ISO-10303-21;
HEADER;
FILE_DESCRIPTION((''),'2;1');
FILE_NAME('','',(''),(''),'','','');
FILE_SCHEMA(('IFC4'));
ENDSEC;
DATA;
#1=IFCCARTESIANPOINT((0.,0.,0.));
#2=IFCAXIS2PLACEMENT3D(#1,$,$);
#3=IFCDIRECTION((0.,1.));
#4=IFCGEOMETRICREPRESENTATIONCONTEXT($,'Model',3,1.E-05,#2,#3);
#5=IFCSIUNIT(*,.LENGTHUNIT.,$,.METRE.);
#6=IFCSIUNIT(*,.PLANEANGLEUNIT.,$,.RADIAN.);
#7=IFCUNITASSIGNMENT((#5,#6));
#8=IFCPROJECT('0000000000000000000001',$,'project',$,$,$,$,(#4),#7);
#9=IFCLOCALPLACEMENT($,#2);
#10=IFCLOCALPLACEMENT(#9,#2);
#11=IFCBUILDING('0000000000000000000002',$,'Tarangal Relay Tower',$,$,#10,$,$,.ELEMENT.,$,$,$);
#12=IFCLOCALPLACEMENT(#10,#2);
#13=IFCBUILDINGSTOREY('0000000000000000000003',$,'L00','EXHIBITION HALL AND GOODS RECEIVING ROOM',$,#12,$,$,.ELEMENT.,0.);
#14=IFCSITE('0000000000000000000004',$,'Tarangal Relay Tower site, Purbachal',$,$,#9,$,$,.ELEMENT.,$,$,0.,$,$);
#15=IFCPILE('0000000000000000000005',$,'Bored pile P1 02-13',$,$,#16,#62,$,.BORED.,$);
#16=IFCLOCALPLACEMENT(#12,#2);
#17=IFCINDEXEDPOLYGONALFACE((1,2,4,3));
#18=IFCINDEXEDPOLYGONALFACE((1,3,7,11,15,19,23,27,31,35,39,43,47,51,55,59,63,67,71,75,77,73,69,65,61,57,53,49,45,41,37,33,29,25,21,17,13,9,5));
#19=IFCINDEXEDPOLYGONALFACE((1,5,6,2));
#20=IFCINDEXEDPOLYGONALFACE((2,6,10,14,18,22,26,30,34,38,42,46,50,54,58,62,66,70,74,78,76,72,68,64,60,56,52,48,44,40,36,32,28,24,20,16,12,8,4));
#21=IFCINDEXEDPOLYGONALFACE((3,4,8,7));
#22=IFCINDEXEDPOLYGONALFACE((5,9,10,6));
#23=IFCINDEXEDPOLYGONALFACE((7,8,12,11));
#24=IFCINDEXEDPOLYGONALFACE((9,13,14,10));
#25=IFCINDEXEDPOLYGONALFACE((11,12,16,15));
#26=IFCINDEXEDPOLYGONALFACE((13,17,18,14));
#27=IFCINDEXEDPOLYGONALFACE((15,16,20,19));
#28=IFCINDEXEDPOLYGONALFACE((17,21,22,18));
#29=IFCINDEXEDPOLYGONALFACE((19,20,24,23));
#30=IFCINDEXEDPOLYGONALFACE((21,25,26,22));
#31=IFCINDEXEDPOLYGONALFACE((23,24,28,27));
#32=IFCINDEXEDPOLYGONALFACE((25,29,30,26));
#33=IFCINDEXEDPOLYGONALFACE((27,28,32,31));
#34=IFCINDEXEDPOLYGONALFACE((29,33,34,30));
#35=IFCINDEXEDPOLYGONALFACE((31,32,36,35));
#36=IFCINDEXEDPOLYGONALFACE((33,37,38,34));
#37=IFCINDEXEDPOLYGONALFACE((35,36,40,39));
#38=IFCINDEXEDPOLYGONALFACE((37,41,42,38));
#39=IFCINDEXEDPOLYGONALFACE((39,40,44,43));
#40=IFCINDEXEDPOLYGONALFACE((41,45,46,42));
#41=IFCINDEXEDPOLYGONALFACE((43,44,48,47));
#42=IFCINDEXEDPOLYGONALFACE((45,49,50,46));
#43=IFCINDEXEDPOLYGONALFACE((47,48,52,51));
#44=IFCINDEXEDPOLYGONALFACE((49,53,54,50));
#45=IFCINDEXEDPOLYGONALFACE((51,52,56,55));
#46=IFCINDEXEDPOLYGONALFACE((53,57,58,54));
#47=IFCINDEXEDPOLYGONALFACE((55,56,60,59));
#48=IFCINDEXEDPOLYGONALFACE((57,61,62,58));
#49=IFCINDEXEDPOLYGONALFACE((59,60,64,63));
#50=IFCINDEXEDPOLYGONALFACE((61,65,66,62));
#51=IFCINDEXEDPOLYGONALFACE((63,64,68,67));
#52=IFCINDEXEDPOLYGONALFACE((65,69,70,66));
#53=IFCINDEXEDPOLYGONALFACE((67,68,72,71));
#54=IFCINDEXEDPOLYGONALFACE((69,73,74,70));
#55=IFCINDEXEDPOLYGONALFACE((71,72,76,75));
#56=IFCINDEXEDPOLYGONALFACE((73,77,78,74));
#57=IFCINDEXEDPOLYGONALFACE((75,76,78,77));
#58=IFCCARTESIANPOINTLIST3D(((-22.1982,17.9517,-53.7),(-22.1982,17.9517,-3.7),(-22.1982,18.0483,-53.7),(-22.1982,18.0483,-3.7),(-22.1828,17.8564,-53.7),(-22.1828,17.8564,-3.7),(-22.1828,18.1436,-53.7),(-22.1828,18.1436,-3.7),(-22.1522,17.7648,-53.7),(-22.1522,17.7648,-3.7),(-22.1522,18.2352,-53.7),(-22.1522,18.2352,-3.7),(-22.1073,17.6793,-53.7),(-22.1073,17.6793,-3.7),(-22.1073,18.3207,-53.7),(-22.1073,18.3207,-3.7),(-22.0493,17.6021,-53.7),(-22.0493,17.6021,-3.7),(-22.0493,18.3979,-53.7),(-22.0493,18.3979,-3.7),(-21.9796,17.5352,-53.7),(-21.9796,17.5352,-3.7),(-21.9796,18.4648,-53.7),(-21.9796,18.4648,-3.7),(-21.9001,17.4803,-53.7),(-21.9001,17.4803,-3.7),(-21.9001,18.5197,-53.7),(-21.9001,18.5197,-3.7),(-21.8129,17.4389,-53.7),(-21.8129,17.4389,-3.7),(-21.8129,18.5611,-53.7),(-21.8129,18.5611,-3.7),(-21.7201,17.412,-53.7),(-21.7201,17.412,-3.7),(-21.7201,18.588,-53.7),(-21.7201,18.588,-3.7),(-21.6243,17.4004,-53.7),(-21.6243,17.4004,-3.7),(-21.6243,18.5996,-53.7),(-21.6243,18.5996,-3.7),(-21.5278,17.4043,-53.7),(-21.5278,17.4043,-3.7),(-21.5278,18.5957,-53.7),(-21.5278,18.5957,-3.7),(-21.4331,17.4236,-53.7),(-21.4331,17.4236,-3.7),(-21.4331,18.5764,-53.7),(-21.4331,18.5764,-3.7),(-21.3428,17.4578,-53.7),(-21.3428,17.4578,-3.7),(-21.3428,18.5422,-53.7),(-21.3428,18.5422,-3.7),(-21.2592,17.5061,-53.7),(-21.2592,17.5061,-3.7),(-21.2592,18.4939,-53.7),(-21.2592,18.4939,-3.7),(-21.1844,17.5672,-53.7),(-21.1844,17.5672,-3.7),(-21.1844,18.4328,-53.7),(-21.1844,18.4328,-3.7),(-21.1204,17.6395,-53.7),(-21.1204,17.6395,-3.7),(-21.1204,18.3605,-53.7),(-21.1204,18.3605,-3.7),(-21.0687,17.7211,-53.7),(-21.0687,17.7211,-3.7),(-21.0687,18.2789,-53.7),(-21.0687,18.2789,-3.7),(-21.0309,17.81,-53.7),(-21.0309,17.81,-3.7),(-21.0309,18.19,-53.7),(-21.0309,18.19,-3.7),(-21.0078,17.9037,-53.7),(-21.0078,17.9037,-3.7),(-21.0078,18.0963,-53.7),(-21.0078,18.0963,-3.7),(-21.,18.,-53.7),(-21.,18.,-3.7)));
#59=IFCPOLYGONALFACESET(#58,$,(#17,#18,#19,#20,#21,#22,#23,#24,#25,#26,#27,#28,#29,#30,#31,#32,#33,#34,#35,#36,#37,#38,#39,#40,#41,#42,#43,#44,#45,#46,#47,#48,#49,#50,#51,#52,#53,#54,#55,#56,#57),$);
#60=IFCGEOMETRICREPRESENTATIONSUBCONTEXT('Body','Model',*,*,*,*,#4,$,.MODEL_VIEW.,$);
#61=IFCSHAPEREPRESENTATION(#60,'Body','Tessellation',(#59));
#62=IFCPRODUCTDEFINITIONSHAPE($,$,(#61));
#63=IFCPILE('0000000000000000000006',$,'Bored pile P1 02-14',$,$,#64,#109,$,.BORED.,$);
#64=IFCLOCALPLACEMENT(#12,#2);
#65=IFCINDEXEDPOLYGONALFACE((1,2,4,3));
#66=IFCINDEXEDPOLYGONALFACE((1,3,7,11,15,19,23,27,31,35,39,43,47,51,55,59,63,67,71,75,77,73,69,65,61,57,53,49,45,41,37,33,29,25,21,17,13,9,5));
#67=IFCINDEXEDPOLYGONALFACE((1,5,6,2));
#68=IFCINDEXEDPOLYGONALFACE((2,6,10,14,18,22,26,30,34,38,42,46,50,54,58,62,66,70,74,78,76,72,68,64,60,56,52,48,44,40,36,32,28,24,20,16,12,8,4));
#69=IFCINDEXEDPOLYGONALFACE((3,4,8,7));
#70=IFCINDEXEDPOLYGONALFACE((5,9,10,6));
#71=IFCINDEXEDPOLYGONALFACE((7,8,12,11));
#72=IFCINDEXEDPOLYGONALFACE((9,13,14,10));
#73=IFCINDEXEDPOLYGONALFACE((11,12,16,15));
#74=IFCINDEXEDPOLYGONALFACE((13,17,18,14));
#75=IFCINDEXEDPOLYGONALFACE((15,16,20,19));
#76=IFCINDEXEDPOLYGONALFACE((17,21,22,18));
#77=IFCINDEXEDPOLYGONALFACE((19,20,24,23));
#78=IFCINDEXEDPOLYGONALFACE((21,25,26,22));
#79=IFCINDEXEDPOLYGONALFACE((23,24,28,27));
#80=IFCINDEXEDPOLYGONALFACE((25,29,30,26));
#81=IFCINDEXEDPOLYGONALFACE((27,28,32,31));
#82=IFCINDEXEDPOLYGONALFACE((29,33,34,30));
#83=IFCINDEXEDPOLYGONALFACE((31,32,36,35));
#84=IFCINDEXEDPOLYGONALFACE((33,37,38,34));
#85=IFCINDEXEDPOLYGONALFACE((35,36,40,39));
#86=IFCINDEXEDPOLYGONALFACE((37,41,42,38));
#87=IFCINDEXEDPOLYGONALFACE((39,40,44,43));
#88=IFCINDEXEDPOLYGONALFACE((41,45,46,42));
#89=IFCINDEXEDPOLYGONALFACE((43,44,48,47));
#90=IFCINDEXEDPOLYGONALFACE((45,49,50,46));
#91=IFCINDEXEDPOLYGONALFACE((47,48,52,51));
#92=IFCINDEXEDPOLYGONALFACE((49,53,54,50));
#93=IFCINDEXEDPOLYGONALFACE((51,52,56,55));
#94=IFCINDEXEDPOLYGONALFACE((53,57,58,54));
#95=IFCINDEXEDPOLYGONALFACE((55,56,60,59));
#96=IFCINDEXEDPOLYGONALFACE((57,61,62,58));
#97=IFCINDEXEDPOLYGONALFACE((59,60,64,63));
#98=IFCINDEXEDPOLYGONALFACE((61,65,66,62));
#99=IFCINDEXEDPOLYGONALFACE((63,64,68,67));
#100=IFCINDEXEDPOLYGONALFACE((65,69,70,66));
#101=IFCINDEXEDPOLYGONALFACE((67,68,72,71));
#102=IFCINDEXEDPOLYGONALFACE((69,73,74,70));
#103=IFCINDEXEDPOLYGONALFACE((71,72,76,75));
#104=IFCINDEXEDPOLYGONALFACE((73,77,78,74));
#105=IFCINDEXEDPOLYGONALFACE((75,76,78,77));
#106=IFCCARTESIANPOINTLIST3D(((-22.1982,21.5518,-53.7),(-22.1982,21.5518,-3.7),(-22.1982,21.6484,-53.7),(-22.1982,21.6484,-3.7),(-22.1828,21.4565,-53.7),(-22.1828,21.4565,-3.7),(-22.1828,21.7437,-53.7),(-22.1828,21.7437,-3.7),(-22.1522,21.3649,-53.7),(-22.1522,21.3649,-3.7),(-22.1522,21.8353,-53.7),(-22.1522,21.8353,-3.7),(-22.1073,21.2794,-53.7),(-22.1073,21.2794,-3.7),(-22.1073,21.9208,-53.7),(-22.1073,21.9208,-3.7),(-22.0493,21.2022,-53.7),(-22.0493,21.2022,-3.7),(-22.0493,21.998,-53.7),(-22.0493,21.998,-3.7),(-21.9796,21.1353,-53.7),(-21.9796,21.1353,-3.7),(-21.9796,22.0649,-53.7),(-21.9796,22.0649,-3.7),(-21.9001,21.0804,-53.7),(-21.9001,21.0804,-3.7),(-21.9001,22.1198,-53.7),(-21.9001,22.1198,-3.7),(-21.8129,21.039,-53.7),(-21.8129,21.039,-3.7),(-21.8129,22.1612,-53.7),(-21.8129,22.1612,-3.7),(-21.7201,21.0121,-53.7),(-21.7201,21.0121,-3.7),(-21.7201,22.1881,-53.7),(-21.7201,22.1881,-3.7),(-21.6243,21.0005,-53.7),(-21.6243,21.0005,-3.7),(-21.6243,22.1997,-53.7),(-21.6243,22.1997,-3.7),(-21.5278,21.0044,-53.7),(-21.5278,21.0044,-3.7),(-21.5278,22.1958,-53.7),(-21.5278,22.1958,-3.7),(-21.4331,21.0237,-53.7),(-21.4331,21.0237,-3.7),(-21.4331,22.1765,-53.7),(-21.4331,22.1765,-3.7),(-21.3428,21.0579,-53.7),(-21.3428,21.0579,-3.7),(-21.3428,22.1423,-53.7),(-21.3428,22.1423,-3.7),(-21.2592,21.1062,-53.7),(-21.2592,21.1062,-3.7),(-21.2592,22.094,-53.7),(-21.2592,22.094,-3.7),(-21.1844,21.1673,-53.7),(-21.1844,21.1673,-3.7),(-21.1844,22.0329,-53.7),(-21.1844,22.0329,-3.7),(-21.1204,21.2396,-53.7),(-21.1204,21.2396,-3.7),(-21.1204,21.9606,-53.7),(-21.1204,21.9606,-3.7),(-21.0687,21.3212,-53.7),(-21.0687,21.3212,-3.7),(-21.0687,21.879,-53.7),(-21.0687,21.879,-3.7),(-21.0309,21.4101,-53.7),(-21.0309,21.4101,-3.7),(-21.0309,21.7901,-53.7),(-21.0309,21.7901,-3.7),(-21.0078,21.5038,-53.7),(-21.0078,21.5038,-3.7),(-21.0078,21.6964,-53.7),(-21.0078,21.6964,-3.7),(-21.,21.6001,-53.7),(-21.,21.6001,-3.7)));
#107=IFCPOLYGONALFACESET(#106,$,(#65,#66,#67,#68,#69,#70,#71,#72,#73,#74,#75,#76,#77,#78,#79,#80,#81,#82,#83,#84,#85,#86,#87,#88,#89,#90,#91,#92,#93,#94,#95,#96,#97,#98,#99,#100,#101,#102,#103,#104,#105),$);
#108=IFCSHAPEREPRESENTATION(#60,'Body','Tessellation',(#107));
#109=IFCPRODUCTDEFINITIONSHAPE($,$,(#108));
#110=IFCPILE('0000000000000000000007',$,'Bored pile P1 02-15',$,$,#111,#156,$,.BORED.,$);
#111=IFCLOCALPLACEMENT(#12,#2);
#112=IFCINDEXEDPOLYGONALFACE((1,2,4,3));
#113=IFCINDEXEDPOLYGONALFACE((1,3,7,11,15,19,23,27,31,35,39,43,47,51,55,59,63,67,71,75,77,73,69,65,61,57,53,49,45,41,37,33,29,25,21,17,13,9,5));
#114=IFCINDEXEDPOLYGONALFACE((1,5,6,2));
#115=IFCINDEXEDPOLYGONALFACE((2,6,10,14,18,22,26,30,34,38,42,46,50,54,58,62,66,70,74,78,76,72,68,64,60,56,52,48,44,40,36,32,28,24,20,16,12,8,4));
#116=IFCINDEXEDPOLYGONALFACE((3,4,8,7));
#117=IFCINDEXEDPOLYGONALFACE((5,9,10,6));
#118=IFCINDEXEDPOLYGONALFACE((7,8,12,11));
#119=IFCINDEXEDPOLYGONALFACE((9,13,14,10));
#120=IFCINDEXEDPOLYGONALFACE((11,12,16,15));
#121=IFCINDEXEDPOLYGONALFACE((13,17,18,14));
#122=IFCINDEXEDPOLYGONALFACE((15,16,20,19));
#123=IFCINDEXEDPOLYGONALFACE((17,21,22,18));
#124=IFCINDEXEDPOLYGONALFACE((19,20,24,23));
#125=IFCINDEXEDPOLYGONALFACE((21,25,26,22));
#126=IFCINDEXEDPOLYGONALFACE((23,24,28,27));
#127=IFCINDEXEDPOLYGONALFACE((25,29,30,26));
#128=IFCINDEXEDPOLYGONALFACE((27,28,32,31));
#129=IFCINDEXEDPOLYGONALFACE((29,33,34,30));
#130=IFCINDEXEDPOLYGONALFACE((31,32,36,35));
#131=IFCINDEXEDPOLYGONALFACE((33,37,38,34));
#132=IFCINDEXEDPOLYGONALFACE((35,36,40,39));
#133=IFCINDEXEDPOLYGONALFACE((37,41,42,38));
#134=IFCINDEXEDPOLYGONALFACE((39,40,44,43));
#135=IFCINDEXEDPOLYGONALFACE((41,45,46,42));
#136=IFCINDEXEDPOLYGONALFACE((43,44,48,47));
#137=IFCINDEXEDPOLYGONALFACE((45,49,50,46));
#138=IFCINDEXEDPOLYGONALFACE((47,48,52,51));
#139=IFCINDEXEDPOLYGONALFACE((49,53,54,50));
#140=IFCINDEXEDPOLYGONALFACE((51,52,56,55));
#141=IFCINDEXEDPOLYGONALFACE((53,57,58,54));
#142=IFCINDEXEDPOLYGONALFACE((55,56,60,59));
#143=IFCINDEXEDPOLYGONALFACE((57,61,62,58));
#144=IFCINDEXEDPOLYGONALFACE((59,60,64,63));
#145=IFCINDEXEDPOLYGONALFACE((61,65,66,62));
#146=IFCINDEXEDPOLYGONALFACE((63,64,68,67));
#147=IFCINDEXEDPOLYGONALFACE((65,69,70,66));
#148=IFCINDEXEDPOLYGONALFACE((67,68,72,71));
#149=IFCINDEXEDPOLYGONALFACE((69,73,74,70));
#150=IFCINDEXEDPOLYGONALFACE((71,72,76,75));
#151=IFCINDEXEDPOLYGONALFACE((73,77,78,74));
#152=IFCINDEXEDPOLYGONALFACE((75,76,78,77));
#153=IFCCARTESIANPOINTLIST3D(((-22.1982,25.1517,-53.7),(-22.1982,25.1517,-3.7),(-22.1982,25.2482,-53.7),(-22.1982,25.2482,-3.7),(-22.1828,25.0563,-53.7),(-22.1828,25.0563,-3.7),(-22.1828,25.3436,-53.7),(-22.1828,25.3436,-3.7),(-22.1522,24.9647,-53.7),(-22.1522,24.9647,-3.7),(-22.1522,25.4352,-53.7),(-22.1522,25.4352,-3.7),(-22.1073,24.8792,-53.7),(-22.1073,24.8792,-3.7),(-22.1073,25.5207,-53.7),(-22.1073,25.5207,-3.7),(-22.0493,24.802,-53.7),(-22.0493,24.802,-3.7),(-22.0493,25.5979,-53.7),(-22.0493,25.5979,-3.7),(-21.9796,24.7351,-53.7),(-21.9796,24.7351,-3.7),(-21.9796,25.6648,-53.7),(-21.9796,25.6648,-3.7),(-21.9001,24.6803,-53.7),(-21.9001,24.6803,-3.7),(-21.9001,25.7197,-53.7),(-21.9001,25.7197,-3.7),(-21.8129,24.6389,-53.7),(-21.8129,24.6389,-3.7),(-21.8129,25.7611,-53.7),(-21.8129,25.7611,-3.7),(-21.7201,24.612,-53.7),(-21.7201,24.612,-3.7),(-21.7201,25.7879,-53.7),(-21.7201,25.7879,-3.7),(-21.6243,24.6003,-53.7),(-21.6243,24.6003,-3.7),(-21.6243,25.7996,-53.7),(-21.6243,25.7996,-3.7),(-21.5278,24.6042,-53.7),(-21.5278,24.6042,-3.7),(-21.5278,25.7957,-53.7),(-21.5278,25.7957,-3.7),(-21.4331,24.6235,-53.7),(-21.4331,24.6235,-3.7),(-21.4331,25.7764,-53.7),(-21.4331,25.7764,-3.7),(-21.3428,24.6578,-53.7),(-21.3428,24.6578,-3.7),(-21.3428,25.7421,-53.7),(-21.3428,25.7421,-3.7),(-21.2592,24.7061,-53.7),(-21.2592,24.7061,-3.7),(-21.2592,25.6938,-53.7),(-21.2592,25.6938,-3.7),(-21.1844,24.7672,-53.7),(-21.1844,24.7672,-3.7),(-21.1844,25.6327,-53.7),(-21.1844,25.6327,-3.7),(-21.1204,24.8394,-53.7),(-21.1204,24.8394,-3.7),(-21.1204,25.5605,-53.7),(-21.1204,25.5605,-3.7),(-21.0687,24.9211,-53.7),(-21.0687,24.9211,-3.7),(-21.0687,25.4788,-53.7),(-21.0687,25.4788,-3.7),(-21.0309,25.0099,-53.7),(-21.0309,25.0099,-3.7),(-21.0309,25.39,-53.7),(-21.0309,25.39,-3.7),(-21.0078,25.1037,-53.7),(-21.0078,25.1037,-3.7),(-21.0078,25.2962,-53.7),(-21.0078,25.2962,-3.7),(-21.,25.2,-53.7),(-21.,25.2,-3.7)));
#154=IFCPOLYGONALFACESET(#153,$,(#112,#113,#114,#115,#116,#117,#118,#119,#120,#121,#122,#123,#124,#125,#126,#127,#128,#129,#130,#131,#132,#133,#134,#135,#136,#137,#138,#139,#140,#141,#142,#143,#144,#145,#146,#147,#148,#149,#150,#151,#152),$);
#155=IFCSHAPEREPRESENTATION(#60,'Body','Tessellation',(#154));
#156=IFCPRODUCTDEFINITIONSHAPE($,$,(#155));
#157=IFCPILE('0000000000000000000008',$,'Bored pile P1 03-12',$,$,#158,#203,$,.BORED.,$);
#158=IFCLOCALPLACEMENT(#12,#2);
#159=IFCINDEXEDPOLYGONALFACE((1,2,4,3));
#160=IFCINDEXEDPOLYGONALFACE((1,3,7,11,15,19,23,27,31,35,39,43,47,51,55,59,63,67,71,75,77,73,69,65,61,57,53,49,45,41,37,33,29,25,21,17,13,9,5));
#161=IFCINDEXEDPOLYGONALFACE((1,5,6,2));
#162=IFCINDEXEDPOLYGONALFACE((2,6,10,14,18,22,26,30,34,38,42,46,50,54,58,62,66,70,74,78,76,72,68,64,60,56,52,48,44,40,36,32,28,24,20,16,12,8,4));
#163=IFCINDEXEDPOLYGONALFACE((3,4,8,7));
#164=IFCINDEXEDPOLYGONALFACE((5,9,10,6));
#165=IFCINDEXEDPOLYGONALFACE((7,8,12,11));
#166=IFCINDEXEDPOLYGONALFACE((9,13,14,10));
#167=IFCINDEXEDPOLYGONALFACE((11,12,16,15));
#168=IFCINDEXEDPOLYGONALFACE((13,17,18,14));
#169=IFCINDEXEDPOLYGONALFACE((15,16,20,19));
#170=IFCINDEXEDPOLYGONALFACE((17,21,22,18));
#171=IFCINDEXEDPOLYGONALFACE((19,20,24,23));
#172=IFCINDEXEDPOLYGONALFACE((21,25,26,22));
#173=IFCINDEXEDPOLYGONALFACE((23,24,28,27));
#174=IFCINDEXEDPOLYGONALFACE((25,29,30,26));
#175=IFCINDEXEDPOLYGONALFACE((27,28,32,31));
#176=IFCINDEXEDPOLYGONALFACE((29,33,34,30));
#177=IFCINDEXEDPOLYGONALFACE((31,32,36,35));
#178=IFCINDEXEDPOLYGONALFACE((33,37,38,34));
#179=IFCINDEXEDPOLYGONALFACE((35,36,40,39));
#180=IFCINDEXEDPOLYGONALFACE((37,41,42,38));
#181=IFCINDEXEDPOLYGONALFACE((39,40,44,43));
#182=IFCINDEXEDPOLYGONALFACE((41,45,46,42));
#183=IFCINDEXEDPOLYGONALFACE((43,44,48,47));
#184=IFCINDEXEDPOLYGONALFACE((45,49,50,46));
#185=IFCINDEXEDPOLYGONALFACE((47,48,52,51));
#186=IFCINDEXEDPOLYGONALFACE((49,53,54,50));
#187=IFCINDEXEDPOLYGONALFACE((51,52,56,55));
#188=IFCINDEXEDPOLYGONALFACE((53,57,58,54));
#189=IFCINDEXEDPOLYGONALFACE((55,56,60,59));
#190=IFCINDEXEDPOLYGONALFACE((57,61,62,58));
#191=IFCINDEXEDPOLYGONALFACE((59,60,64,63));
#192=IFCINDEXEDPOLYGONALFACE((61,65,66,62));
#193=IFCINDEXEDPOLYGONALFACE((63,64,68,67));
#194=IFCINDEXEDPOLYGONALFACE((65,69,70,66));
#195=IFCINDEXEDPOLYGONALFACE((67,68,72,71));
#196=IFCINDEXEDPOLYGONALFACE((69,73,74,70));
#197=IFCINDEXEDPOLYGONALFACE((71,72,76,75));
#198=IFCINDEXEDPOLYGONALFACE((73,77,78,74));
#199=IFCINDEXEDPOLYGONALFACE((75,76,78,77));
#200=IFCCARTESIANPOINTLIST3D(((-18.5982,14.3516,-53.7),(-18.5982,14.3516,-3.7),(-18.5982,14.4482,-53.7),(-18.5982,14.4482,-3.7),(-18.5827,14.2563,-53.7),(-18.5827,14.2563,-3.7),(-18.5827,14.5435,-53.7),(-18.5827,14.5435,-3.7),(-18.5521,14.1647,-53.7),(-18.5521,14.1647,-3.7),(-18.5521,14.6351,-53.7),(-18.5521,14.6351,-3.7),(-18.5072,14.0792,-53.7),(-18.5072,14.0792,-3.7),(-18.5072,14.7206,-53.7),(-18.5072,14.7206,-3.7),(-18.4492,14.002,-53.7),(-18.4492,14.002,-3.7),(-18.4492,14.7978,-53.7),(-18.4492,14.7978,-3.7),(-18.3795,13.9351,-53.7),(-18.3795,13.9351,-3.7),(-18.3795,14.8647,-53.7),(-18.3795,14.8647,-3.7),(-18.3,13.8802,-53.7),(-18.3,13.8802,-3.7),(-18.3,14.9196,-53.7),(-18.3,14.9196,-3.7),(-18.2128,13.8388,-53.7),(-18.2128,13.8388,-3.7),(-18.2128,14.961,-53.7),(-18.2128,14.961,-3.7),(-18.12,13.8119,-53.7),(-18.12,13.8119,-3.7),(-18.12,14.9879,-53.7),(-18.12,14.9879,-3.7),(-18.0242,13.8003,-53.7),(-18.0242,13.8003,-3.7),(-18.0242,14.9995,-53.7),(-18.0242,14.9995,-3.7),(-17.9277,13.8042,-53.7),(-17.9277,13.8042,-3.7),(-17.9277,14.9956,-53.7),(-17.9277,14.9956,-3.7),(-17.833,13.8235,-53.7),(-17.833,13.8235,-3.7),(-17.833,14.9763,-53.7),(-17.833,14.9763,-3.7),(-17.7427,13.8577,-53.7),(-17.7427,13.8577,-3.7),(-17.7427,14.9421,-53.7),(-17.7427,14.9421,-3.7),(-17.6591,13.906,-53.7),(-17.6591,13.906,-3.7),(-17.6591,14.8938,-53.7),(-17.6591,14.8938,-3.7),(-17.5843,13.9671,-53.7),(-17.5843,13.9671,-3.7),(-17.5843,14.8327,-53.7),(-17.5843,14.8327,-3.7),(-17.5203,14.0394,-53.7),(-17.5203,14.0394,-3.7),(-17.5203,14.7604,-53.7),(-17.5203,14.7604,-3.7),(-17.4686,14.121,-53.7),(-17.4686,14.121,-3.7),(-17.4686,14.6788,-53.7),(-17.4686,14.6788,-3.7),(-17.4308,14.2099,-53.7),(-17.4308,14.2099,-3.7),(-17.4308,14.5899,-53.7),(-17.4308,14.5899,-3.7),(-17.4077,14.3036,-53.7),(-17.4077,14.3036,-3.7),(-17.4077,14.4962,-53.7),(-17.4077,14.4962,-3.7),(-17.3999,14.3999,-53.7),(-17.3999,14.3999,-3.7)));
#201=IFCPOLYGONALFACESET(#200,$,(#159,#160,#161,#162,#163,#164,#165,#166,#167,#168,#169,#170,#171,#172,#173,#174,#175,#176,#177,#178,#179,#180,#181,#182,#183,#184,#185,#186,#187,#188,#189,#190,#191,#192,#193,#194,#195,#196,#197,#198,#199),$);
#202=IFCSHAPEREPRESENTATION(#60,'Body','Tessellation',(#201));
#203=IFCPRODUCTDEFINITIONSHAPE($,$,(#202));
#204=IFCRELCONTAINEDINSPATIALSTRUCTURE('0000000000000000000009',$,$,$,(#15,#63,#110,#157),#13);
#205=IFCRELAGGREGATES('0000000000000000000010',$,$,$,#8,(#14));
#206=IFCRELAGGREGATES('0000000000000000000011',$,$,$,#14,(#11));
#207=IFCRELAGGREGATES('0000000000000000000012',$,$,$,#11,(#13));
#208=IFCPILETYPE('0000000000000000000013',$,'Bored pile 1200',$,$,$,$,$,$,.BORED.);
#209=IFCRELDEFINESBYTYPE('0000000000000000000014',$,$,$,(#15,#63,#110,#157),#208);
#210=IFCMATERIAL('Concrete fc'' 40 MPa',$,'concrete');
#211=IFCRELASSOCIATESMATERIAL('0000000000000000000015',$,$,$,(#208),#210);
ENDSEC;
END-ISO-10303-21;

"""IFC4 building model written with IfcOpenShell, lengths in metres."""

from ifc_helpers import new_model, si_unit, direction, frame, origin, origin_2d, place, context, subcontext, project, spatial, circle, extrude, material, material_profile, profile_set, type_object, element, save


model = new_model("IFC4")

# Units and contexts
model_context = context("Model", 3, precision=1e-05, world=origin(), true_north=direction((0.0, 1.0)))
body_context = subcontext(model_context, "Body", "Model", "MODEL_VIEW")
ifc_project = project(units=[si_unit("LENGTHUNIT", "METRE"), si_unit("PLANEANGLEUNIT", "RADIAN")], contexts=[model_context])

# Site, building, storey
site_placement = place(None, origin())
site = spatial("IfcSite", under=ifc_project, at=site_placement, Name="Tarangal Relay Tower site, Purbachal", CompositionType="ELEMENT", RefElevation=0.0)
building_placement = place(site_placement, origin())
building = spatial("IfcBuilding", under=site, at=building_placement, Name="Tarangal Relay Tower", CompositionType="ELEMENT")
storey_placement = place(building_placement, origin())
storey = spatial("IfcBuildingStorey", under=building, at=storey_placement, Name="L00", Description="EXHIBITION HALL AND GOODS RECEIVING ROOM", CompositionType="ELEMENT", Elevation=0.0)

# Piles
ifc_material_1 = material(Name="Concrete fc' 40 MPa", Category="concrete")
ifc_material_profile = material_profile(ifc_material_1, circle(Radius=0.6001, at=origin_2d()), Name="D1200")
ifc_profile_set = profile_set([ifc_material_profile], Name="Concrete fc' 40 MPa")
pile_type = type_object("IfcPileType", Name="Bored pile 1200", PredefinedType="BORED", material=ifc_profile_set)
for number, where, z_axis, x_axis, name in (
    (1, (-21.6001, 18.0, -3.7), (0.0, 0.0, -1.0), (1.0, 0.0, 0.0), "Bored pile P1 02-13"),
    (2, (-21.6001, 21.6001, -3.7), (0.0, 0.0, -1.0), (1.0, 0.0, 0.0), "Bored pile P1 02-14"),
    (3, (-21.6001, 25.2, -3.7), (0.0, 0.0, -1.0), (1.0, 0.0, 0.0), "Bored pile P1 02-15"),
    (4, (-18.0, 14.3999, -3.7), (0.0, 0.0, -1.0), (1.0, 0.0, 0.0), "Bored pile P1 03-12"),
):
    element("IfcPile", number, at=place(storey_placement, frame(where, z_axis=z_axis, x_axis=x_axis)), inside=storey, type_object=pile_type, Name=name, PredefinedType="BORED", context=body_context, shape_type="SweptSolid", body=[
        extrude(circle(Radius=0.6001, at=origin_2d()), origin(), (0.0, 0.0, 1.0), 50.0),
    ])

save(model, "model.ifc")
